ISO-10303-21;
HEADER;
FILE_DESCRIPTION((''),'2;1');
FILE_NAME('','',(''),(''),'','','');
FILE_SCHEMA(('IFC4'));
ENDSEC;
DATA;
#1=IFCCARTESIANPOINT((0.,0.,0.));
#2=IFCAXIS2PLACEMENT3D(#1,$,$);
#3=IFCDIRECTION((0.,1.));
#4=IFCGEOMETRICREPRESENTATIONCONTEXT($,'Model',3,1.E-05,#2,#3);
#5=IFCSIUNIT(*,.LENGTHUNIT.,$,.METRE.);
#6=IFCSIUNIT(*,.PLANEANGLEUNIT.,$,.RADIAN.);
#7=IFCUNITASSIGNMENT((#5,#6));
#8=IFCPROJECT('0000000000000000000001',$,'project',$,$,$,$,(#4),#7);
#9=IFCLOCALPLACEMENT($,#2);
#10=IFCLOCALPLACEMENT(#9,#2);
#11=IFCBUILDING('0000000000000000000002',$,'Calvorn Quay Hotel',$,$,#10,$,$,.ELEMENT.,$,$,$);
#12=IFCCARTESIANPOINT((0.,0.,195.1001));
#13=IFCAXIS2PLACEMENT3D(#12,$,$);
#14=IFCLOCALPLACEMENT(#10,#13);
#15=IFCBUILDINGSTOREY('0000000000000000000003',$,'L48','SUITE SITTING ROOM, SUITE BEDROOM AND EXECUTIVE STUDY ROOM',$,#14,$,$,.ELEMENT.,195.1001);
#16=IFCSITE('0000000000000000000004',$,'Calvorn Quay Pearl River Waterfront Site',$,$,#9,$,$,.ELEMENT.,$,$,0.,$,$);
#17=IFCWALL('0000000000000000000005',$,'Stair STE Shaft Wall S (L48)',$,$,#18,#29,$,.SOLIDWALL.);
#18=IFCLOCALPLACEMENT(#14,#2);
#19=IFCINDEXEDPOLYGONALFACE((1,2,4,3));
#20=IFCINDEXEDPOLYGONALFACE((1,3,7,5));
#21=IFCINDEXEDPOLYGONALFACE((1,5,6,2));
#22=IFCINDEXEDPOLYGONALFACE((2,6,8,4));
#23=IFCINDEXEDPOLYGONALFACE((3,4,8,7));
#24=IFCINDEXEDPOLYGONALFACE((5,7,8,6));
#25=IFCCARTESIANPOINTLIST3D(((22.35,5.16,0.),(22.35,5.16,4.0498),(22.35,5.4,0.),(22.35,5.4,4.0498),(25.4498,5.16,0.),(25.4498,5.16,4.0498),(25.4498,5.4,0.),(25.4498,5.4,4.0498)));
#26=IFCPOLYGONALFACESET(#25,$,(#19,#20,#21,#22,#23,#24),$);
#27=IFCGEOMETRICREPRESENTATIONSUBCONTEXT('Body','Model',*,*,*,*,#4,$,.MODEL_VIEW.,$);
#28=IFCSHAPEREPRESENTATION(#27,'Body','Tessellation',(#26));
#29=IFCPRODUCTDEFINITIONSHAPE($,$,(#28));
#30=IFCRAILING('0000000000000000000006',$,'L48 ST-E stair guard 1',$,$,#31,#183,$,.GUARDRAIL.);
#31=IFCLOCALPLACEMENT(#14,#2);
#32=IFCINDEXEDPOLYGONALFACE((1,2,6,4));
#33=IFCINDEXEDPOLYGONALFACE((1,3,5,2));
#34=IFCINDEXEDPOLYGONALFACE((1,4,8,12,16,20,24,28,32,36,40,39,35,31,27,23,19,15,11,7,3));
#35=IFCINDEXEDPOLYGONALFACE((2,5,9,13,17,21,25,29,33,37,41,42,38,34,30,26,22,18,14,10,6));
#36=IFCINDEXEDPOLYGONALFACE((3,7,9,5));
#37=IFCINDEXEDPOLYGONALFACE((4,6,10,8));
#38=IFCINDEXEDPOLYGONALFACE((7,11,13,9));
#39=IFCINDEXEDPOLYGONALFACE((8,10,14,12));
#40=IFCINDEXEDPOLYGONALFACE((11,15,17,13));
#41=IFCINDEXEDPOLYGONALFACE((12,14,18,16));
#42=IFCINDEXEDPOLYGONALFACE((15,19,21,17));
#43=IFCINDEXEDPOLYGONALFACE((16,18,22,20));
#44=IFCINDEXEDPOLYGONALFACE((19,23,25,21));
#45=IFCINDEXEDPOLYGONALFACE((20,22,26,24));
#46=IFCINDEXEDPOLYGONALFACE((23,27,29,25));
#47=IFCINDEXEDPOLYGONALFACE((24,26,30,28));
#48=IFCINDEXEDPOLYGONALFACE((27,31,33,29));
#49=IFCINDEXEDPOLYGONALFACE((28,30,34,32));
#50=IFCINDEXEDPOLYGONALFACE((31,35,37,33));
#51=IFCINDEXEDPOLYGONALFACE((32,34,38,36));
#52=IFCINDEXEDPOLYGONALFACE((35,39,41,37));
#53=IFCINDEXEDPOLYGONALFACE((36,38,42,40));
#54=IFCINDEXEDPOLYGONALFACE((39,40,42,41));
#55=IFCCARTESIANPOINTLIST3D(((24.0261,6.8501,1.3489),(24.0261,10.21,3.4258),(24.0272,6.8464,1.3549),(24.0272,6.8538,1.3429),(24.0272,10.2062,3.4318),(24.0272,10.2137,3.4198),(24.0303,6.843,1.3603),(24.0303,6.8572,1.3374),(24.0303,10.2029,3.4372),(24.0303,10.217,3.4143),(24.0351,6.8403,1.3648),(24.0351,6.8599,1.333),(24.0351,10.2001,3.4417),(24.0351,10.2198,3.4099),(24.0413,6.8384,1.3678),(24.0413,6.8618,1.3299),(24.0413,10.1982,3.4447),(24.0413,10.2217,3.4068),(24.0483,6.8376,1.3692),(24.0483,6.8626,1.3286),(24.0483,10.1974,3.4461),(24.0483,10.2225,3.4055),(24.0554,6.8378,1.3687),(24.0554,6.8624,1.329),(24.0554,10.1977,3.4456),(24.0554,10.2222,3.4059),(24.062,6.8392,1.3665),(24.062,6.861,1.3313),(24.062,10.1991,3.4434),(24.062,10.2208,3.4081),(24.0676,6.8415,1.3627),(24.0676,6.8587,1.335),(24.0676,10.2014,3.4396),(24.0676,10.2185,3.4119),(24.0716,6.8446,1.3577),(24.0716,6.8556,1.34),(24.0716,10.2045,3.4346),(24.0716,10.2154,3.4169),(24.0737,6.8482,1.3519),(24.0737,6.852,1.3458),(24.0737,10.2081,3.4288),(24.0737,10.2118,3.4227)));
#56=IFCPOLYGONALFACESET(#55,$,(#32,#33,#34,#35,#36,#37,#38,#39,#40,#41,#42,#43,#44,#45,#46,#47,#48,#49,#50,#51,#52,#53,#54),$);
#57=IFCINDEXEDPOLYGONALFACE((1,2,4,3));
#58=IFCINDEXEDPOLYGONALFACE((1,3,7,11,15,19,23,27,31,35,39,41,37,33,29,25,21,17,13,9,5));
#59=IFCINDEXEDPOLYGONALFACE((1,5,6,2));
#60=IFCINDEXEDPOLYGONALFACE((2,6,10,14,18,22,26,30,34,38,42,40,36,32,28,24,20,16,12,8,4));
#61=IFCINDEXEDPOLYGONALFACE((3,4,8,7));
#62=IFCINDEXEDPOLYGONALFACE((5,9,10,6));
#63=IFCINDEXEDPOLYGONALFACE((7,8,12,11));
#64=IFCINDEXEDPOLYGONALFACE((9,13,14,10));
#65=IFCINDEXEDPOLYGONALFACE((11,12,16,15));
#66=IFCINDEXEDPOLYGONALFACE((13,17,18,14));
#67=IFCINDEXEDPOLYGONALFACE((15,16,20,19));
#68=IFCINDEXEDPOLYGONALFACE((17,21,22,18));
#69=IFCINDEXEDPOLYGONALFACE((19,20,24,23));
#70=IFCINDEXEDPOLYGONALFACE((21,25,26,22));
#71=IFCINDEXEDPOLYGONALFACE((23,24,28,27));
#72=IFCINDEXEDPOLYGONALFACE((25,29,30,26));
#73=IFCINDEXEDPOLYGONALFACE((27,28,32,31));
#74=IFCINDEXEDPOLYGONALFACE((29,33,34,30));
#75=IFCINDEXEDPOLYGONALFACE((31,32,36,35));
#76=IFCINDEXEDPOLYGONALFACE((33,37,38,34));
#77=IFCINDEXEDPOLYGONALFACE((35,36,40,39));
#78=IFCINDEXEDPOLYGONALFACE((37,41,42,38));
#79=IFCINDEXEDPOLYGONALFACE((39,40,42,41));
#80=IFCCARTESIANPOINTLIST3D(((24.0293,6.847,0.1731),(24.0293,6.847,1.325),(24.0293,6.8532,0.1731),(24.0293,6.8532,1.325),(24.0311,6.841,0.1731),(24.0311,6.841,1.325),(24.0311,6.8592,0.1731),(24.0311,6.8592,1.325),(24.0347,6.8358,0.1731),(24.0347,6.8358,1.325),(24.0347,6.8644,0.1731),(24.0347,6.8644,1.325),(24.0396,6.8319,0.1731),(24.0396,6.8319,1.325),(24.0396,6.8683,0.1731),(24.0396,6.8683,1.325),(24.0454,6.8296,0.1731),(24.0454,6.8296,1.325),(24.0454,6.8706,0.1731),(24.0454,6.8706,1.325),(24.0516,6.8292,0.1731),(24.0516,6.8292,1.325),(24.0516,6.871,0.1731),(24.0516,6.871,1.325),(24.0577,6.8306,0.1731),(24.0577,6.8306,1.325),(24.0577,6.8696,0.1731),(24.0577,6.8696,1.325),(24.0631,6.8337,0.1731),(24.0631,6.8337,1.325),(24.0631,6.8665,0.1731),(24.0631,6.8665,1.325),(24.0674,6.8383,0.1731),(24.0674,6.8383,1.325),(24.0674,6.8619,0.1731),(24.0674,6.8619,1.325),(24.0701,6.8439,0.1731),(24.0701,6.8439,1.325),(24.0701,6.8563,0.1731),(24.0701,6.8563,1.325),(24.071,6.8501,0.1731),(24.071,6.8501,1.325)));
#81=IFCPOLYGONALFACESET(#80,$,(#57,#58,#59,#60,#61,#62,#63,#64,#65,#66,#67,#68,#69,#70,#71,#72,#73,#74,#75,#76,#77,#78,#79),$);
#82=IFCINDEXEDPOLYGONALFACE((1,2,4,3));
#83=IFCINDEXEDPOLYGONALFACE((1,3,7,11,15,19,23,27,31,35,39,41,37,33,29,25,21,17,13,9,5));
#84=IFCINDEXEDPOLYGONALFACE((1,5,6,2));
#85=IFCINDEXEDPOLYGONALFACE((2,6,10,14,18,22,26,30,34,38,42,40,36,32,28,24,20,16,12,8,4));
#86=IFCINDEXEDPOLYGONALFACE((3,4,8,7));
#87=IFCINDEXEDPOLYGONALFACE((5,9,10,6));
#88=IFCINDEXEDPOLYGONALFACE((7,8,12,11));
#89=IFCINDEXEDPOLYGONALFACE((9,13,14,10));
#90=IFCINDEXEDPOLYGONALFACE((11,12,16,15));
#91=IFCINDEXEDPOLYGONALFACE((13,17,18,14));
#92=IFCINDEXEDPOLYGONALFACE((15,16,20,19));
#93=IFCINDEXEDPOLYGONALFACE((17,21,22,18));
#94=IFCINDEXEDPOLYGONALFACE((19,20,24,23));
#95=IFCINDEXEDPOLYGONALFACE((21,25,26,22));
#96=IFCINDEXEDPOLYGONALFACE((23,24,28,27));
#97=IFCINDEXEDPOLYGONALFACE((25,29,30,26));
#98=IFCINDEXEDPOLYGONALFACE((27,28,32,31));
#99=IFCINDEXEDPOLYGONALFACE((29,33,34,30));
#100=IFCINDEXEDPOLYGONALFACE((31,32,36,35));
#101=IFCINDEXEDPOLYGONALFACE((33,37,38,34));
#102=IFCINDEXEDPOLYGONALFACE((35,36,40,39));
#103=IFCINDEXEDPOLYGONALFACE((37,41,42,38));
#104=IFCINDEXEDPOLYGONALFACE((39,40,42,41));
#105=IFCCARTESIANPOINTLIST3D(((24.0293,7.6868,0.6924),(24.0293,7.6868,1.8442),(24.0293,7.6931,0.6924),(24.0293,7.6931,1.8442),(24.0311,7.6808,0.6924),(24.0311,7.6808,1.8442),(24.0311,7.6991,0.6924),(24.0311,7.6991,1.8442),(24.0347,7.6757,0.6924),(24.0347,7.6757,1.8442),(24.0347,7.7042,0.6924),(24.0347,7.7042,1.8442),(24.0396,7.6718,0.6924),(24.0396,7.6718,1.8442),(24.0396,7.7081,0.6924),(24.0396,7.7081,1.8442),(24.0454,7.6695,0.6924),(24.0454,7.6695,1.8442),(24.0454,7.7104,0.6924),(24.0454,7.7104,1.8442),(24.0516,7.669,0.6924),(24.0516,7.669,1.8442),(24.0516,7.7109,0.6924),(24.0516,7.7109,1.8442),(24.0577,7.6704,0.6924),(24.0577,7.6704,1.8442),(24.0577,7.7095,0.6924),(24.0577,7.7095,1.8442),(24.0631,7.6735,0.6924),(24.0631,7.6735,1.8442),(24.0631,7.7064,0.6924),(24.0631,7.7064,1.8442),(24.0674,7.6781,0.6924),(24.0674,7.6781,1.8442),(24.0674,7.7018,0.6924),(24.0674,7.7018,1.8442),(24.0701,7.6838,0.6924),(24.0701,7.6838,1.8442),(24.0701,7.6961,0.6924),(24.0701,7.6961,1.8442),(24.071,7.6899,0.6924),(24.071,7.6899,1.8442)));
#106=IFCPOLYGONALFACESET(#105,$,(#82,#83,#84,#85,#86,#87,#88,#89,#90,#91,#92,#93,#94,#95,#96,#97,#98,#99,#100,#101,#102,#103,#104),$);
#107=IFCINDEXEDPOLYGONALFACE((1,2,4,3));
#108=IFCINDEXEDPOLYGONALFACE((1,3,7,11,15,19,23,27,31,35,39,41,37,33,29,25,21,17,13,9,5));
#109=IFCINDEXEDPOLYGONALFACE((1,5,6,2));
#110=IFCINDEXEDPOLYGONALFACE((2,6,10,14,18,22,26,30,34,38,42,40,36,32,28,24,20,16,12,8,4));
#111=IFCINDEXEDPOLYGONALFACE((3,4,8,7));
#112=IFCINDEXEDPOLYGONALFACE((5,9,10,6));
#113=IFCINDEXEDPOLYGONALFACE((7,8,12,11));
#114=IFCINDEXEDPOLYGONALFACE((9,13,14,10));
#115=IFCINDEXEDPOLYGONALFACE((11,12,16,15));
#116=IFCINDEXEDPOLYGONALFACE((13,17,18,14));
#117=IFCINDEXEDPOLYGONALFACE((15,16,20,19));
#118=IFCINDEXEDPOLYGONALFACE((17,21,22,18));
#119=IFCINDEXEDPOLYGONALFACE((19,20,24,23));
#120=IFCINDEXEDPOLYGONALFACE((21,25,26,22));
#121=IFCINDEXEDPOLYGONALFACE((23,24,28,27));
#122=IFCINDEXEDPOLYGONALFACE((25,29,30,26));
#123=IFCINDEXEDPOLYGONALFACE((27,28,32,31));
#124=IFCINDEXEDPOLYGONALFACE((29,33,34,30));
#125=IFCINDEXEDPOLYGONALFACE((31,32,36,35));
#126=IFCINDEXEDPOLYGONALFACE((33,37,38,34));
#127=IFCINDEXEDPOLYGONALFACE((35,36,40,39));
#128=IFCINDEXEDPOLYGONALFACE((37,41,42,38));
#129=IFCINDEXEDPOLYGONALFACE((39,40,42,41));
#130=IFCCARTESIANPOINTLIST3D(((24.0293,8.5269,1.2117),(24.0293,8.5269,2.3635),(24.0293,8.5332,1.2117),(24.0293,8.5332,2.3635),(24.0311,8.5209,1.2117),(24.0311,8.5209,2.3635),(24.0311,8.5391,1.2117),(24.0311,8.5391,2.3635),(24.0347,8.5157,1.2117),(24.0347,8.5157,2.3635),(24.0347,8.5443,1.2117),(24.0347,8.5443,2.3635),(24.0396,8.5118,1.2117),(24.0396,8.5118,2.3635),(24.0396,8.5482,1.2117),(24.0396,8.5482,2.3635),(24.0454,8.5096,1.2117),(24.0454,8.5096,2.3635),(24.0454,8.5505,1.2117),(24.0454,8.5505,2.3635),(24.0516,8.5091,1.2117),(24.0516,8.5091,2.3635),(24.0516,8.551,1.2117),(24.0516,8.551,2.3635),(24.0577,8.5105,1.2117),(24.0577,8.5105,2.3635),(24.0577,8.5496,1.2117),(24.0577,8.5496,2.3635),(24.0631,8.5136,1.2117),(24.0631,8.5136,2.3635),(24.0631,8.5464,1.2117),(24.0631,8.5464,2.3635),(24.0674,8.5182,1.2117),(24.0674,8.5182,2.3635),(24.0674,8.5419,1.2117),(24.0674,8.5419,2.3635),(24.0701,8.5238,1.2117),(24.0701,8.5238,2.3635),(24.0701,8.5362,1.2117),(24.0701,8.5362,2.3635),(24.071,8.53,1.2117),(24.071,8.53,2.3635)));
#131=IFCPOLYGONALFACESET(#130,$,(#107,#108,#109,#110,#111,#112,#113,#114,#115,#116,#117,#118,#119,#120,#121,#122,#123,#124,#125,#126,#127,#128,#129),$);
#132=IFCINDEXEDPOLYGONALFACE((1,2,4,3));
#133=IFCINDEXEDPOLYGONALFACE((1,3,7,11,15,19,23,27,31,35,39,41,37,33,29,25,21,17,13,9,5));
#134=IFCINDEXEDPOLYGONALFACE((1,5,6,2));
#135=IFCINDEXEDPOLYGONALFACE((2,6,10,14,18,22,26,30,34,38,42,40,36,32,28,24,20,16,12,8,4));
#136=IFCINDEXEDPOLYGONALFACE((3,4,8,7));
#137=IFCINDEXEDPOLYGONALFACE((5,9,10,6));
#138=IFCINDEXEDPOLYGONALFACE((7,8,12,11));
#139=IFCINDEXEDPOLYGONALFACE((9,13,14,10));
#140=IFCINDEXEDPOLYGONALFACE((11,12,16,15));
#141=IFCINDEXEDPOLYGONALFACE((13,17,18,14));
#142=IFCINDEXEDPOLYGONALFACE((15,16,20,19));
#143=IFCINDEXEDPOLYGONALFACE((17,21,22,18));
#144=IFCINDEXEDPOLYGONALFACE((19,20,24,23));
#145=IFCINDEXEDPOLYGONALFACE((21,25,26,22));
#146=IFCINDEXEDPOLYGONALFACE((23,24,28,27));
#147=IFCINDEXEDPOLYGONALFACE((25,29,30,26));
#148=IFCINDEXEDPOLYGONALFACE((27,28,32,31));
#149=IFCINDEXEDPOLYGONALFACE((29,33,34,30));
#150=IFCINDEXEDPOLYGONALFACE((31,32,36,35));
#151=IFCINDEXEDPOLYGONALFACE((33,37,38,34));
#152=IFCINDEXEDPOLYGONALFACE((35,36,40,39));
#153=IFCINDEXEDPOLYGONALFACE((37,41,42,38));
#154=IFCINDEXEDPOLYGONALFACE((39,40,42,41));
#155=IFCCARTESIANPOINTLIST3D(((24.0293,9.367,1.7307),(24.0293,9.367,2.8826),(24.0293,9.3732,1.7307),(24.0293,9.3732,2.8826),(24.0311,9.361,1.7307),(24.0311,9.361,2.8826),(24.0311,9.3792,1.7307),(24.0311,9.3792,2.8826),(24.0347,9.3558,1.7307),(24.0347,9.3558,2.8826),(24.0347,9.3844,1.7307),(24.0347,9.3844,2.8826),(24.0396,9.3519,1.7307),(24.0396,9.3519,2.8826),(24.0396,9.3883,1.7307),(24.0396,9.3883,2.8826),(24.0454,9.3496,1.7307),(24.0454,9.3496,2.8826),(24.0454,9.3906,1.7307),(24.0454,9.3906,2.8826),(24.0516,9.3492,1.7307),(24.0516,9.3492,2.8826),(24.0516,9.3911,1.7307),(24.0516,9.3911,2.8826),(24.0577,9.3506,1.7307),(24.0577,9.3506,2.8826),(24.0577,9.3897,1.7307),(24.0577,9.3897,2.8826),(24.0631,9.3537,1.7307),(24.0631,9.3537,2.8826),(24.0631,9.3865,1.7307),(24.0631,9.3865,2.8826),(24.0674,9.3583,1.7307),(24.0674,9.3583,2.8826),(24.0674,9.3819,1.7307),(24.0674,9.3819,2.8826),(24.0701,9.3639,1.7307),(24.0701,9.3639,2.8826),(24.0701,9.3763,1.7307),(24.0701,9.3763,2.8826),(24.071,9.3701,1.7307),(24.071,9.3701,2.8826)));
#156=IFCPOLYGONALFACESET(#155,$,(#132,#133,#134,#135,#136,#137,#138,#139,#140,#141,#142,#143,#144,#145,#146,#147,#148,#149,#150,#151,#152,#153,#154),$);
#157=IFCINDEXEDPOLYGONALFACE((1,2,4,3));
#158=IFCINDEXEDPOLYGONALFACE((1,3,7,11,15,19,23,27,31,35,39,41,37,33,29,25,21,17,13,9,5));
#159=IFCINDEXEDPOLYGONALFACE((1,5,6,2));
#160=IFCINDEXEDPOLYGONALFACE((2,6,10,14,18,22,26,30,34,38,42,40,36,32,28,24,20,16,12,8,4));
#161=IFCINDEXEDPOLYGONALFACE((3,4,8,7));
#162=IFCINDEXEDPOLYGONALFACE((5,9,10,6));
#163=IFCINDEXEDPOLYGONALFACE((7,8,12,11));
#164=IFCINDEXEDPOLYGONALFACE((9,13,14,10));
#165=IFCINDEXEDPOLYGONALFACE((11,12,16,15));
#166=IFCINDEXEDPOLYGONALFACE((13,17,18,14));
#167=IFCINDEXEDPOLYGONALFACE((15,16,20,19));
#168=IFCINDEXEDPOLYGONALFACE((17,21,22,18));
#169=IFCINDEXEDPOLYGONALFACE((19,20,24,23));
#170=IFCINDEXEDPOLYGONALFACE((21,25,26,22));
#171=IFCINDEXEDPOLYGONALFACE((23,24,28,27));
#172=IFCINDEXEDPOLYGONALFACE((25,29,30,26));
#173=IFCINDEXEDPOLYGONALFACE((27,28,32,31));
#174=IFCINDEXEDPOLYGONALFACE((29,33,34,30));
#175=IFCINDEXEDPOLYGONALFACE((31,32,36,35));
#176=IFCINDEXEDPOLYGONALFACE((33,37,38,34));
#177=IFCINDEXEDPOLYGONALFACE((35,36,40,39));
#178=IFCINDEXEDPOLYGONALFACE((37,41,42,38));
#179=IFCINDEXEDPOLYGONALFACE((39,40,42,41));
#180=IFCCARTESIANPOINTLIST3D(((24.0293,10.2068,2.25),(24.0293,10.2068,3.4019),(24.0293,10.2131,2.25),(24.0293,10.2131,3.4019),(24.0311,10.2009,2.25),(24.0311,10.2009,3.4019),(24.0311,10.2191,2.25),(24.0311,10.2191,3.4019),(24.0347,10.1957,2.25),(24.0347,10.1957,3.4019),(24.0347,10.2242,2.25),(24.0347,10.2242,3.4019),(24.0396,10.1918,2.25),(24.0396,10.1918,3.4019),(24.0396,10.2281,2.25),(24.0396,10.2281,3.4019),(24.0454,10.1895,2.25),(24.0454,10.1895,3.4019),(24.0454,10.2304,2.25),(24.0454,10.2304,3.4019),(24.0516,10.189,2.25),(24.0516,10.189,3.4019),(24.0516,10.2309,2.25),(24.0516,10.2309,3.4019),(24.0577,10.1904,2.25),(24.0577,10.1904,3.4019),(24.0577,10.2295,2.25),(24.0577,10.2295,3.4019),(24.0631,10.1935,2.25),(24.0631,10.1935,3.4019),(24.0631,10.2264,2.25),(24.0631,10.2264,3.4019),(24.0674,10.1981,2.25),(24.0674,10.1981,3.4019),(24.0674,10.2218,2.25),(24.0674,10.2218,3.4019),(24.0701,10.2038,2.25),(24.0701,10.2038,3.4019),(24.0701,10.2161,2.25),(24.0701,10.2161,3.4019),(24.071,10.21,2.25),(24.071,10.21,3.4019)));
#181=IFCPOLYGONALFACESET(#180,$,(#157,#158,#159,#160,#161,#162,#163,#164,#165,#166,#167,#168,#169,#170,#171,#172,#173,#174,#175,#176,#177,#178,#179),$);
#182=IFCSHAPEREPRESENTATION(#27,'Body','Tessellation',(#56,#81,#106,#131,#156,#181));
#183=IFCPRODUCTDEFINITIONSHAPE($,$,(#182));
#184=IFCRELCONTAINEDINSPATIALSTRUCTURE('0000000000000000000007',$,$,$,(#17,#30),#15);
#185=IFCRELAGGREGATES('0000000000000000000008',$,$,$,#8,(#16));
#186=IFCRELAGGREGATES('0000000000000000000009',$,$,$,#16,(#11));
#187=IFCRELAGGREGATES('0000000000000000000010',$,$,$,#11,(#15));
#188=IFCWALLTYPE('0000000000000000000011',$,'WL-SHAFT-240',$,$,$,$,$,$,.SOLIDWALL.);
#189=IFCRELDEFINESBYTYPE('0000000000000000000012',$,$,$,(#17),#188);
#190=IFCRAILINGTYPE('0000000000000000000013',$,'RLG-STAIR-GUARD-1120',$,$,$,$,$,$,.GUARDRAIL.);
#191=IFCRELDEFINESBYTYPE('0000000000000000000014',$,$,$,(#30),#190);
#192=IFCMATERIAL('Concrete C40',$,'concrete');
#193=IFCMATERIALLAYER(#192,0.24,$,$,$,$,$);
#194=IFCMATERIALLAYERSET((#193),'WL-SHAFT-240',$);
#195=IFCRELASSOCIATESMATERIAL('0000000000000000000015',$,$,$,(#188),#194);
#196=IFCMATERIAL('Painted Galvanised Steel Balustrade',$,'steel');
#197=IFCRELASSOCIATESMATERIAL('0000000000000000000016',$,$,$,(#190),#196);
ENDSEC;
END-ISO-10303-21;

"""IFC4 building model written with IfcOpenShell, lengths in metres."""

from ifc_helpers import new_model, si_unit, direction, frame, frame_2d, origin, origin_2d, place, context, subcontext, project, spatial, rectangle, circle, extrude, material, layer, layer_set, type_object, element, save


model = new_model("IFC4")

# Units and contexts
model_context = context("Model", 3, precision=1e-05, world=origin(), true_north=direction((0.0, 1.0)))
body_context = subcontext(model_context, "Body", "Model", "MODEL_VIEW")
ifc_project = project(units=[si_unit("LENGTHUNIT", "METRE"), si_unit("PLANEANGLEUNIT", "RADIAN")], contexts=[model_context])

# Site, building, storey
site_placement = place(None, origin())
site = spatial("IfcSite", under=ifc_project, at=site_placement, Name="Calvorn Quay Pearl River Waterfront Site", CompositionType="ELEMENT", RefElevation=0.0)
building_placement = place(site_placement, origin())
building = spatial("IfcBuilding", under=site, at=building_placement, Name="Calvorn Quay Hotel", CompositionType="ELEMENT")
storey_placement = place(building_placement, frame((0.0, 0.0, 195.1001)))
storey = spatial("IfcBuildingStorey", under=building, at=storey_placement, Name="L48", Description="SUITE SITTING ROOM, SUITE BEDROOM AND EXECUTIVE STUDY ROOM", CompositionType="ELEMENT", Elevation=195.1001)

# Wall
ifc_material_1 = material(Name="Concrete C40", Category="concrete")
ifc_layer_1 = layer(ifc_material_1, 0.24)
ifc_layer_set_1 = layer_set([ifc_layer_1], Name="WL-SHAFT-240")
wall_type_1 = type_object("IfcWallType", Name="WL-SHAFT-240", PredefinedType="SOLIDWALL", material=ifc_layer_set_1)
wall_1_placement = place(storey_placement, frame((22.3501, 5.28, 0.0), z_axis=(0.0, 0.0, 1.0), x_axis=(1.0, 0.0, 0.0)))
element("IfcWall", 1, at=wall_1_placement, inside=storey, type_object=wall_type_1, Name="Stair STE Shaft Wall S (L48)", PredefinedType="SOLIDWALL", context=body_context, shape_type="SweptSolid", body=[
    extrude(rectangle(XDim=3.0999, YDim=0.24, at=frame_2d((1.5498, 0.0))), origin(), (0.0, 0.0, 1.0), 4.0498),
])

# Railing
ifc_material_2 = material(Name="Painted Galvanised Steel Balustrade", Category="steel")
railing_type = type_object("IfcRailingType", Name="RLG-STAIR-GUARD-1120", PredefinedType="GUARDRAIL", material=ifc_material_2)
railing_1_placement = place(storey_placement, frame((24.05, 6.8501, 0.1731)))
element("IfcRailing", 2, at=railing_1_placement, inside=storey, type_object=railing_type, Name="L48 ST-E stair guard 1", PredefinedType="GUARDRAIL", context=body_context, shape_type="SweptSolid", body=[
    extrude(circle(Radius=0.0239, at=origin_2d()), frame((0.0, 0.0, 1.1758), z_axis=(0.0, 0.850606, 0.525803), x_axis=(-1.0, 0.0, 0.0)), (0.0, 0.0, 1.0), 3.95),
    extrude(circle(Radius=0.021, at=origin_2d()), origin(), (0.0, 0.0, 1.0), 1.1519),
    extrude(circle(Radius=0.021, at=origin_2d()), frame((0.0, 0.8398, 0.5193)), (0.0, 0.0, 1.0), 1.1519),
    extrude(circle(Radius=0.021, at=origin_2d()), frame((0.0, 1.6799, 1.0386)), (0.0, 0.0, 1.0), 1.1519),
    extrude(circle(Radius=0.021, at=origin_2d()), frame((0.0, 2.52, 1.5576)), (0.0, 0.0, 1.0), 1.1519),
    extrude(circle(Radius=0.021, at=origin_2d()), frame((0.0, 3.3599, 2.0769)), (0.0, 0.0, 1.0), 1.1519),
])

save(model, "model.ifc")
